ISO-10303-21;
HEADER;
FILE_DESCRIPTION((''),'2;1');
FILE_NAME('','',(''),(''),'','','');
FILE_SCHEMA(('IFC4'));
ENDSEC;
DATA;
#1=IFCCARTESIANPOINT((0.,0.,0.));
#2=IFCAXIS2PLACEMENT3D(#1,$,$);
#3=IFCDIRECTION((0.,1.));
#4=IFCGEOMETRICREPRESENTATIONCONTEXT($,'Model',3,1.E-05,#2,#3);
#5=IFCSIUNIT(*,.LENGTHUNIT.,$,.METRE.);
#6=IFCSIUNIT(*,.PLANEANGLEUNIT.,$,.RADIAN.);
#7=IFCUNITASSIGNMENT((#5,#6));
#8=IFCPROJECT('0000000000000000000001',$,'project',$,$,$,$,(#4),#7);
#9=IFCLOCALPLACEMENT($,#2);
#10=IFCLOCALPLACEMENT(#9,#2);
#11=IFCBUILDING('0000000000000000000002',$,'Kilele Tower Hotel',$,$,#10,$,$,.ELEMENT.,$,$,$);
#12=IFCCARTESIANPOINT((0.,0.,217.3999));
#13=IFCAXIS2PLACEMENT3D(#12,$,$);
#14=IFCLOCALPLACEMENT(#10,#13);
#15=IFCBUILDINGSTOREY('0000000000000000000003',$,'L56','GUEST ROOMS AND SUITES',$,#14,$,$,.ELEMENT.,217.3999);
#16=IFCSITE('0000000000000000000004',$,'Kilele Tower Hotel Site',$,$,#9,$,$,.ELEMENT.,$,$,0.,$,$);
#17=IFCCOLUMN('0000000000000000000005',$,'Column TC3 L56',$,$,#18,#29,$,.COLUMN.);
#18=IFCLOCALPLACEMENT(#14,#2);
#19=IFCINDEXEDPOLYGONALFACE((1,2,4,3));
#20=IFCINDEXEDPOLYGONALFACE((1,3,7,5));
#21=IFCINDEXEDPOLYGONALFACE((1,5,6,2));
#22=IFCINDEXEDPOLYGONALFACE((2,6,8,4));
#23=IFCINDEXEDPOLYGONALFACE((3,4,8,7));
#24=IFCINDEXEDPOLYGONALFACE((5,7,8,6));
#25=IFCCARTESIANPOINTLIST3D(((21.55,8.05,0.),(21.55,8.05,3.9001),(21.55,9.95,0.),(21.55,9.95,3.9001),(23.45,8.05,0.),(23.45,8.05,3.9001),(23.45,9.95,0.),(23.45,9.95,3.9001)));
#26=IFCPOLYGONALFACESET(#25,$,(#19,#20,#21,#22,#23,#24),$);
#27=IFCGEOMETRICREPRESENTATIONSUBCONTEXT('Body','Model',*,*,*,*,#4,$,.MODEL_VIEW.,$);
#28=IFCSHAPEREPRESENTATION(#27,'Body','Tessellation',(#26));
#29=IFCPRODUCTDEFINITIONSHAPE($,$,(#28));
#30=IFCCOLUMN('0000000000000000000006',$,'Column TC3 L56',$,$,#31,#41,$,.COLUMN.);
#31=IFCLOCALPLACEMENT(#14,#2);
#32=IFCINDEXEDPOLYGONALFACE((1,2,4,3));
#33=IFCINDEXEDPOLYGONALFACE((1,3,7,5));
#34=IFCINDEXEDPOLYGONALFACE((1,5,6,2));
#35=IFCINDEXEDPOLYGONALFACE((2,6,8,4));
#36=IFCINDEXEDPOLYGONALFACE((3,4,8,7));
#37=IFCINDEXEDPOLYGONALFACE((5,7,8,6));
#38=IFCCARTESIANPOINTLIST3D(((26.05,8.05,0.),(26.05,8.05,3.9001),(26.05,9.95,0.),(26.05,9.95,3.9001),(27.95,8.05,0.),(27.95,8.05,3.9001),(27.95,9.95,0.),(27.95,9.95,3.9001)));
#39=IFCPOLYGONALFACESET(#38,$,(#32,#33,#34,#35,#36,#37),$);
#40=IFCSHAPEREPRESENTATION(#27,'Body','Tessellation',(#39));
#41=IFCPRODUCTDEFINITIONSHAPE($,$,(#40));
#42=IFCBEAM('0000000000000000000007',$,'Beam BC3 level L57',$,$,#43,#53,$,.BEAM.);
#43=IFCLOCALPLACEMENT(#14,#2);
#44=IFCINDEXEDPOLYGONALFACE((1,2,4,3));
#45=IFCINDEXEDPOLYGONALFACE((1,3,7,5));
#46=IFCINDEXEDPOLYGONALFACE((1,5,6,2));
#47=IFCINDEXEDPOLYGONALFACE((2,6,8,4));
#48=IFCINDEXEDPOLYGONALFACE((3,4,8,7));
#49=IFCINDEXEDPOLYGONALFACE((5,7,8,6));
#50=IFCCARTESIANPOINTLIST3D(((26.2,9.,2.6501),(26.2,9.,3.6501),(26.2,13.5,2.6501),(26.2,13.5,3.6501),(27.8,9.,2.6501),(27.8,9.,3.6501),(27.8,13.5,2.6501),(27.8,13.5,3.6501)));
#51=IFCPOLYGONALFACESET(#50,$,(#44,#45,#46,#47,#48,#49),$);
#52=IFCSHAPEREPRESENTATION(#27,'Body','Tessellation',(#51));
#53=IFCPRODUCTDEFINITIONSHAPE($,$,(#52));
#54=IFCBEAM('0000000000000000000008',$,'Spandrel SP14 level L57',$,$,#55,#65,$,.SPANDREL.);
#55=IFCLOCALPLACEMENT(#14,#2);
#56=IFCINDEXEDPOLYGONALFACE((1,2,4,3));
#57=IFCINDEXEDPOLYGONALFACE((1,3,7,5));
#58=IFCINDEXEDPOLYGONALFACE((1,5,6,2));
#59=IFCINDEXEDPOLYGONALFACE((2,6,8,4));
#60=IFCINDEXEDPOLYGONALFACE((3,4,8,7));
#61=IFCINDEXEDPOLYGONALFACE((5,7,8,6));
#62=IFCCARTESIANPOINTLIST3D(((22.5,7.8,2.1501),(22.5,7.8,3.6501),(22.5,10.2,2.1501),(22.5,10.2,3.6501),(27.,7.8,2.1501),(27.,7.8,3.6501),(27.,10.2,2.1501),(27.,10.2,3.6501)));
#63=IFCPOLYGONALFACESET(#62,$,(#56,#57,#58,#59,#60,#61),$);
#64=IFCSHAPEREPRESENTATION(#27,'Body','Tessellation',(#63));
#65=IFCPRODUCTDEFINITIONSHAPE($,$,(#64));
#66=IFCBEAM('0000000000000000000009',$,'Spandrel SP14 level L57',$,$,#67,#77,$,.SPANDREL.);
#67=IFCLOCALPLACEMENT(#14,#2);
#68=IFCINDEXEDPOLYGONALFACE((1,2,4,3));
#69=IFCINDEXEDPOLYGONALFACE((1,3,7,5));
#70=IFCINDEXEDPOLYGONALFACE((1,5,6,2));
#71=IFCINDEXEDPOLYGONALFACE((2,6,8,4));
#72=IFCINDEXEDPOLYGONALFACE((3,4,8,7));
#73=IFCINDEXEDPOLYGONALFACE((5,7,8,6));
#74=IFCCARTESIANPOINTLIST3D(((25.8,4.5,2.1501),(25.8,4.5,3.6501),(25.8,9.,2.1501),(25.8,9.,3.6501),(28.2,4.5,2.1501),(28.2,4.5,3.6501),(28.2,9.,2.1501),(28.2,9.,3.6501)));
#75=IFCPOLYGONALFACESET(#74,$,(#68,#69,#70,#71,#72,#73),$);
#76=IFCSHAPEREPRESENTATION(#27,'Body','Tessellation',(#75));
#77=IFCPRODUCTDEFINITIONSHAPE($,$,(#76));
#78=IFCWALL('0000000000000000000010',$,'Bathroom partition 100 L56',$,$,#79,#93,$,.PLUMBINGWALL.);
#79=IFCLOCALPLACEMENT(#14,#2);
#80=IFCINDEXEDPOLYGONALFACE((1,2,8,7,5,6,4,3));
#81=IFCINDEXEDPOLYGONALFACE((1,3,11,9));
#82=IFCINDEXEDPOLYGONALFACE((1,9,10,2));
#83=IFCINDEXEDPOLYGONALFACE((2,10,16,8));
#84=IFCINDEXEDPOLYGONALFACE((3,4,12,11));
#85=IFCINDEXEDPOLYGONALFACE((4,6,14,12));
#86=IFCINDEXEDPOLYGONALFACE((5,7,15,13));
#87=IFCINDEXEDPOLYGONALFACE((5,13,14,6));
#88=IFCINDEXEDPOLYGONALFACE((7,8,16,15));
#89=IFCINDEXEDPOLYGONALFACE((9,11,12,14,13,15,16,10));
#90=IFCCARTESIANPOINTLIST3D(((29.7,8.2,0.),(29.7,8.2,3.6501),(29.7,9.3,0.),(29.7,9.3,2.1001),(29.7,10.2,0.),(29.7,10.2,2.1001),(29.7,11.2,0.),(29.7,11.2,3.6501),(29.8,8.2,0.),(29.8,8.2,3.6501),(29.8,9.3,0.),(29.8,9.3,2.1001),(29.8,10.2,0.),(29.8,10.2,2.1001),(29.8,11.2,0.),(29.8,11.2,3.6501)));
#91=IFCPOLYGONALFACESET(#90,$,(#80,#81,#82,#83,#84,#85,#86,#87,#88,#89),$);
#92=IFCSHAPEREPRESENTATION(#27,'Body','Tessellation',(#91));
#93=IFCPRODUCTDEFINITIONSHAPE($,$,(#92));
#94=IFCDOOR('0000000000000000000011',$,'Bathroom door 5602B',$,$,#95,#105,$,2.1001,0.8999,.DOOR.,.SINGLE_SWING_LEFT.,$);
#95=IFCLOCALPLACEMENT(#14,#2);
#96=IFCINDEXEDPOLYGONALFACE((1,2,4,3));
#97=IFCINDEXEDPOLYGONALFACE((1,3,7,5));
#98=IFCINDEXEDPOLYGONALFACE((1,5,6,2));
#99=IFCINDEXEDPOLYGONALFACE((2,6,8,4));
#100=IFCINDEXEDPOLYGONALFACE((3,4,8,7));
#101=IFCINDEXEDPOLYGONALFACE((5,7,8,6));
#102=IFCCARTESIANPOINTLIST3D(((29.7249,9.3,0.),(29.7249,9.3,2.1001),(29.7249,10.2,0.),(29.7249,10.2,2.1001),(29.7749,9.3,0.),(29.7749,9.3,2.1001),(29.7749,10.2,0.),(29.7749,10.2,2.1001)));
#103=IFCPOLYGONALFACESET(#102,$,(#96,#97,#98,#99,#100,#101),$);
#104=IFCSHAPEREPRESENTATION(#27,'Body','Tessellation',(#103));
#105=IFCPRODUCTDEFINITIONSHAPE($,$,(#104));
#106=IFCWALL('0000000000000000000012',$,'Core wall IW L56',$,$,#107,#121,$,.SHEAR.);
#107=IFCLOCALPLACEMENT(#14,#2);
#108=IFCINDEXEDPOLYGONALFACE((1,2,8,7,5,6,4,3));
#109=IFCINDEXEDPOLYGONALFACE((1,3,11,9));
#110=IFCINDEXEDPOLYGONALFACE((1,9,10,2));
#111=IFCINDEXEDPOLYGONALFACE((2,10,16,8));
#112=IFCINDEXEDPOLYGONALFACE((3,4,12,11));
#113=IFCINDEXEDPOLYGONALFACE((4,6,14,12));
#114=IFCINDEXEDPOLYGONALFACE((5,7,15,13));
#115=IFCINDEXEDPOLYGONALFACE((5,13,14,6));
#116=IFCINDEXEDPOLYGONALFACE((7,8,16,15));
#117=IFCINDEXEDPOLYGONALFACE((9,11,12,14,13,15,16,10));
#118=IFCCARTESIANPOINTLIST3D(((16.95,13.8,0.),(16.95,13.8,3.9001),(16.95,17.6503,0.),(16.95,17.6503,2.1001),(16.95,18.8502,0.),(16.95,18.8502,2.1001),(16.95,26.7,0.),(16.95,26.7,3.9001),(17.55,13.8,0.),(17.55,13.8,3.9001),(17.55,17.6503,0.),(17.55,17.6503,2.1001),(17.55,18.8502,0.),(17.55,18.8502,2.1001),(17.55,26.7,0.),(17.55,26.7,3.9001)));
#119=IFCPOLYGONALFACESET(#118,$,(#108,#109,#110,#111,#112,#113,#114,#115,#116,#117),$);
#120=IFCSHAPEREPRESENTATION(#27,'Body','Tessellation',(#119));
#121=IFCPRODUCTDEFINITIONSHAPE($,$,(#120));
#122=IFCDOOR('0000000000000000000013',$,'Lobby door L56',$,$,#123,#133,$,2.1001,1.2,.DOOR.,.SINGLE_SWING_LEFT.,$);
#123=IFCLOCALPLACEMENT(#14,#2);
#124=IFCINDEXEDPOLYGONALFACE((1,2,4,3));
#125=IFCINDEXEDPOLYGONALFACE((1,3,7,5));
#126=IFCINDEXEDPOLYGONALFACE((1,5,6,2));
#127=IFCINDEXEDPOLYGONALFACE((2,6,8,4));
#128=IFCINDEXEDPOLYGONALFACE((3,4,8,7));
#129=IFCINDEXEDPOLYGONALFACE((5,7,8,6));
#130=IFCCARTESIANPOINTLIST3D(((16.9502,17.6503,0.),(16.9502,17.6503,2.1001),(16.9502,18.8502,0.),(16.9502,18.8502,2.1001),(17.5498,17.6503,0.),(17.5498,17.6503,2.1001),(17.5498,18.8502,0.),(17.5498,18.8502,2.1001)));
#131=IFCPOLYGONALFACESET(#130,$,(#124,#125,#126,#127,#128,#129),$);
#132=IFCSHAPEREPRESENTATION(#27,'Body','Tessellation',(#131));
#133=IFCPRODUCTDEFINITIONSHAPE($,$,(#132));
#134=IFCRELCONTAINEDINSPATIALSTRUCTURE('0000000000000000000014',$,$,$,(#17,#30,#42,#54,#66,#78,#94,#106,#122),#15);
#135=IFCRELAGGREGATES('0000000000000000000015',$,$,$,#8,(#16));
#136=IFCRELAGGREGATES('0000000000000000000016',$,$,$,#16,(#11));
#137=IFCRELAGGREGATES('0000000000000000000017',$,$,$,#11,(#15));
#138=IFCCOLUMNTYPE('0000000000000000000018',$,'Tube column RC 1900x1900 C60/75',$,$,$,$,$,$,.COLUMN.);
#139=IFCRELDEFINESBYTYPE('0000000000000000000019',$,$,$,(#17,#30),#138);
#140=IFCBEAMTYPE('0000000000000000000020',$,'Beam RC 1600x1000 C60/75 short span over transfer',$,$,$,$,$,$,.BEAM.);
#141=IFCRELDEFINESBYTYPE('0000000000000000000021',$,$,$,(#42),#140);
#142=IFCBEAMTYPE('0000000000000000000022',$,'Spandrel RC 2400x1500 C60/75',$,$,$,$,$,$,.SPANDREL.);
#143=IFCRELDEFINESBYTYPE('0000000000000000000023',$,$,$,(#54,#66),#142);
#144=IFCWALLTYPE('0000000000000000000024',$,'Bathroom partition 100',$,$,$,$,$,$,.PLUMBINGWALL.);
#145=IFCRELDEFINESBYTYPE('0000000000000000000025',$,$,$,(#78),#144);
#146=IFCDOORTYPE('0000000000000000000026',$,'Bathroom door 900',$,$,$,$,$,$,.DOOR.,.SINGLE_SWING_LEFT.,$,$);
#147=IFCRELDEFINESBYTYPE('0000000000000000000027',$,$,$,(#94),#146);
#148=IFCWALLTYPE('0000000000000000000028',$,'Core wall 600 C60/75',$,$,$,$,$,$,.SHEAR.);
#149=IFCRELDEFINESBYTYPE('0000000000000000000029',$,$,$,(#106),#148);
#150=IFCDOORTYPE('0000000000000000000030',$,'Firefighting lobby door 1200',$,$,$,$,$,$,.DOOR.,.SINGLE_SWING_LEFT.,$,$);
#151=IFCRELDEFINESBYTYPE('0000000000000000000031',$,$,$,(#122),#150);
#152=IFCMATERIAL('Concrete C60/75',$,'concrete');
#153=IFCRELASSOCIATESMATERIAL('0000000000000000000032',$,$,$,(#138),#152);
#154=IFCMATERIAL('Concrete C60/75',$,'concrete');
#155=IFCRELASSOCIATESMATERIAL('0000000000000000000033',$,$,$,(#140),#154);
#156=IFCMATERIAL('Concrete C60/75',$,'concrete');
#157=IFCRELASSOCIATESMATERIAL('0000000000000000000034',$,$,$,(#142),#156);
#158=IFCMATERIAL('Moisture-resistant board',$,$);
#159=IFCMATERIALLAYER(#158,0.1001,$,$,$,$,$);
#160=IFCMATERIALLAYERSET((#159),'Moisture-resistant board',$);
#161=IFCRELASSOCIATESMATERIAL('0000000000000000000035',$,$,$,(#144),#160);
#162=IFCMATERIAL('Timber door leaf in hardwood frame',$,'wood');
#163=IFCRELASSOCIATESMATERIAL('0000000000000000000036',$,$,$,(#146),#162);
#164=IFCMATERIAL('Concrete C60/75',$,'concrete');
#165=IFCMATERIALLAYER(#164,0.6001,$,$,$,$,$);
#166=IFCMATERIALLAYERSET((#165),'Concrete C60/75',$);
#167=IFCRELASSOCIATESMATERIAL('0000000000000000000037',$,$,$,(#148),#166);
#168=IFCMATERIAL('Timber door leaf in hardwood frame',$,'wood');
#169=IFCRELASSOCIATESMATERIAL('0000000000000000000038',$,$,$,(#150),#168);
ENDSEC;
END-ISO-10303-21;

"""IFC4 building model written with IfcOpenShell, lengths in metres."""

from ifc_helpers import new_model, si_unit, direction, frame, frame_2d, origin, origin_2d, place, context, subcontext, project, spatial, rectangle, extrude, material, layer, layer_set, material_profile, profile_set, type_object, element, fill, save


model = new_model("IFC4")

# Units and contexts
model_context = context("Model", 3, precision=1e-05, world=origin(), true_north=direction((0.0, 1.0)))
body_context = subcontext(model_context, "Body", "Model", "MODEL_VIEW")
ifc_project = project(units=[si_unit("LENGTHUNIT", "METRE"), si_unit("PLANEANGLEUNIT", "RADIAN")], contexts=[model_context])

# Site, building, storey
site_placement = place(None, origin())
site = spatial("IfcSite", under=ifc_project, at=site_placement, Name="Kilele Tower Hotel Site", CompositionType="ELEMENT", RefElevation=0.0)
building_placement = place(site_placement, origin())
building = spatial("IfcBuilding", under=site, at=building_placement, Name="Kilele Tower Hotel", CompositionType="ELEMENT")
storey_placement = place(building_placement, frame((0.0, 0.0, 217.3999)))
storey = spatial("IfcBuildingStorey", under=building, at=storey_placement, Name="L56", Description="GUEST ROOMS AND SUITES", CompositionType="ELEMENT", Elevation=217.3999)

# Columns
ifc_material_1 = material(Name="Concrete C60/75", Category="concrete")
ifc_material_profile_1 = material_profile(ifc_material_1, rectangle(XDim=1.8999, YDim=1.8999, at=origin_2d()))
ifc_profile_set_1 = profile_set([ifc_material_profile_1], Name="Concrete C60/75")
column_type = type_object("IfcColumnType", Name="Tube column RC 1900x1900 C60/75", PredefinedType="COLUMN", material=ifc_profile_set_1)
for number, where, z_axis, x_axis, name in (
    (1, (22.5, 9.0, 0.0), (0.0, 0.0, 1.0), (1.0, 0.0, 0.0), "Column TC3 L56"),
    (2, (27.0, 9.0, 0.0), (0.0, 0.0, 1.0), (1.0, 0.0, 0.0), "Column TC3 L56"),
):
    element("IfcColumn", number, at=place(storey_placement, frame(where, z_axis=z_axis, x_axis=x_axis)), inside=storey, type_object=column_type, Name=name, PredefinedType="COLUMN", context=body_context, shape_type="SweptSolid", body=[
        extrude(rectangle(XDim=1.8999, YDim=1.8999, at=origin_2d()), origin(), (0.0, 0.0, 1.0), 3.9001),
    ])

# Beams
ifc_material_2 = material(Name="Concrete C60/75", Category="concrete")
ifc_material_profile_2 = material_profile(ifc_material_2, rectangle(XDim=1.6001, YDim=1.0, at=origin_2d()))
ifc_profile_set_2 = profile_set([ifc_material_profile_2], Name="Concrete C60/75")
beam_type_1 = type_object("IfcBeamType", Name="Beam RC 1600x1000 C60/75 short span over transfer", PredefinedType="BEAM", material=ifc_profile_set_2)
beam_placement = place(storey_placement, frame((27.0, 9.0, 3.1501), z_axis=(0.0, 1.0, 0.0), x_axis=(-1.0, 0.0, 0.0)))
element("IfcBeam", 3, at=beam_placement, inside=storey, type_object=beam_type_1, Name="Beam BC3 level L57", PredefinedType="BEAM", context=body_context, shape_type="SweptSolid", body=[
    extrude(rectangle(XDim=1.6001, YDim=1.0, at=origin_2d()), origin(), (0.0, 0.0, 1.0), 4.5),
])
ifc_material_3 = material(Name="Concrete C60/75", Category="concrete")
ifc_material_profile_3 = material_profile(ifc_material_3, rectangle(XDim=2.3999, YDim=1.5, at=origin_2d()))
ifc_profile_set_3 = profile_set([ifc_material_profile_3], Name="Concrete C60/75")
beam_type_2 = type_object("IfcBeamType", Name="Spandrel RC 2400x1500 C60/75", PredefinedType="SPANDREL", material=ifc_profile_set_3)
for number, where, z_axis, x_axis, name in (
    (4, (22.5, 9.0, 2.9001), (1.0, 0.0, 0.0), (0.0, 1.0, 0.0), "Spandrel SP14 level L57"),
    (5, (27.0, 9.0, 2.9001), (0.0, -1.0, 0.0), (1.0, 0.0, 0.0), "Spandrel SP14 level L57"),
):
    element("IfcBeam", number, at=place(storey_placement, frame(where, z_axis=z_axis, x_axis=x_axis)), inside=storey, type_object=beam_type_2, Name=name, PredefinedType="SPANDREL", context=body_context, shape_type="SweptSolid", body=[
        extrude(rectangle(XDim=2.3999, YDim=1.5, at=origin_2d()), origin(), (0.0, 0.0, 1.0), 4.5),
    ])

# Walls, openings, doors
ifc_material_4 = material(Name="Moisture-resistant board")
ifc_layer_1 = layer(ifc_material_4, 0.1001)
ifc_layer_set_1 = layer_set([ifc_layer_1], Name="Moisture-resistant board")
wall_type_1 = type_object("IfcWallType", Name="Bathroom partition 100", PredefinedType="PLUMBINGWALL", material=ifc_layer_set_1)
wall_1_placement = place(storey_placement, frame((29.75, 11.2, 0.0), z_axis=(0.0, 0.0, 1.0), x_axis=(0.0, -1.0, 0.0)))
wall_1 = element("IfcWall", 6, at=wall_1_placement, inside=storey, type_object=wall_type_1, Name="Bathroom partition 100 L56", PredefinedType="PLUMBINGWALL", context=body_context, shape_type="SweptSolid", body=[
    extrude(rectangle(XDim=3.0, YDim=0.1001, at=frame_2d((1.5, 0.0))), origin(), (0.0, 0.0, 1.0), 3.6501),
])
opening_1_placement = place(wall_1_placement, frame((1.0, 0.0, 0.0)))
opening_1 = element("IfcOpeningElement", 7, at=opening_1_placement, cuts=wall_1, PredefinedType="OPENING", context=body_context, shape_type="SweptSolid", body=[
    extrude(rectangle(XDim=0.8999, YDim=2.1001, at=frame_2d((0.45, 1.05))), frame((0.0, 0.0601, 0.0), z_axis=(0.0, -1.0, 0.0), x_axis=(1.0, 0.0, 0.0)), (0.0, 0.0, 1.0), 0.1201),
])
ifc_material_5 = material(Name="Timber door leaf in hardwood frame", Category="wood")
door_type_1 = type_object("IfcDoorType", Name="Bathroom door 900", OperationType="SINGLE_SWING_LEFT", PredefinedType="DOOR", material=ifc_material_5)
door_1_placement = place(opening_1_placement, origin())
door_1 = element("IfcDoor", 8, at=door_1_placement, inside=storey, type_object=door_type_1, Name="Bathroom door 5602B", OperationType="SINGLE_SWING_LEFT", OverallHeight=2.1001, OverallWidth=0.8999, PredefinedType="DOOR", context=body_context, shape_type="SweptSolid", body=[
    extrude(rectangle(XDim=0.8999, YDim=2.1001, at=frame_2d((0.45, 1.05))), frame((0.0, 0.0249, 0.0), z_axis=(0.0, -1.0, 0.0), x_axis=(1.0, 0.0, 0.0)), (0.0, 0.0, 1.0), 0.05),
])
fill(opening_1, door_1)
ifc_material_6 = material(Name="Concrete C60/75", Category="concrete")
ifc_layer_2 = layer(ifc_material_6, 0.6001)
ifc_layer_set_2 = layer_set([ifc_layer_2], Name="Concrete C60/75")
wall_type_2 = type_object("IfcWallType", Name="Core wall 600 C60/75", PredefinedType="SHEAR", material=ifc_layer_set_2)
wall_2_placement = place(storey_placement, frame((17.25, 13.8, 0.0), z_axis=(0.0, 0.0, 1.0), x_axis=(0.0, 1.0, 0.0)))
wall_2 = element("IfcWall", 9, at=wall_2_placement, inside=storey, type_object=wall_type_2, Name="Core wall IW L56", PredefinedType="SHEAR", context=body_context, shape_type="SweptSolid", body=[
    extrude(rectangle(XDim=12.8999, YDim=0.6001, at=frame_2d((6.45, 0.0))), origin(), (0.0, 0.0, 1.0), 3.9001),
])
opening_2_placement = place(wall_2_placement, frame((3.8501, 0.0, 0.0)))
opening_2 = element("IfcOpeningElement", 10, at=opening_2_placement, cuts=wall_2, PredefinedType="OPENING", context=body_context, shape_type="SweptSolid", body=[
    extrude(rectangle(XDim=1.2, YDim=2.1001, at=frame_2d((0.6001, 1.05))), frame((0.0, 0.3101, 0.0), z_axis=(0.0, -1.0, 0.0), x_axis=(1.0, 0.0, 0.0)), (0.0, 0.0, 1.0), 0.6201),
])
ifc_material_7 = material(Name="Timber door leaf in hardwood frame", Category="wood")
door_type_2 = type_object("IfcDoorType", Name="Firefighting lobby door 1200", OperationType="SINGLE_SWING_LEFT", PredefinedType="DOOR", material=ifc_material_7)
door_2_placement = place(opening_2_placement, origin())
door_2 = element("IfcDoor", 11, at=door_2_placement, inside=storey, type_object=door_type_2, Name="Lobby door L56", OperationType="SINGLE_SWING_LEFT", OverallHeight=2.1001, OverallWidth=1.2, PredefinedType="DOOR", context=body_context, shape_type="SweptSolid", body=[
    extrude(rectangle(XDim=1.2, YDim=2.1001, at=frame_2d((0.6001, 1.05))), frame((0.0, 0.2998, 0.0), z_axis=(0.0, -1.0, 0.0), x_axis=(1.0, 0.0, 0.0)), (0.0, 0.0, 1.0), 0.5996),
])
fill(opening_2, door_2)

save(model, "model.ifc")
